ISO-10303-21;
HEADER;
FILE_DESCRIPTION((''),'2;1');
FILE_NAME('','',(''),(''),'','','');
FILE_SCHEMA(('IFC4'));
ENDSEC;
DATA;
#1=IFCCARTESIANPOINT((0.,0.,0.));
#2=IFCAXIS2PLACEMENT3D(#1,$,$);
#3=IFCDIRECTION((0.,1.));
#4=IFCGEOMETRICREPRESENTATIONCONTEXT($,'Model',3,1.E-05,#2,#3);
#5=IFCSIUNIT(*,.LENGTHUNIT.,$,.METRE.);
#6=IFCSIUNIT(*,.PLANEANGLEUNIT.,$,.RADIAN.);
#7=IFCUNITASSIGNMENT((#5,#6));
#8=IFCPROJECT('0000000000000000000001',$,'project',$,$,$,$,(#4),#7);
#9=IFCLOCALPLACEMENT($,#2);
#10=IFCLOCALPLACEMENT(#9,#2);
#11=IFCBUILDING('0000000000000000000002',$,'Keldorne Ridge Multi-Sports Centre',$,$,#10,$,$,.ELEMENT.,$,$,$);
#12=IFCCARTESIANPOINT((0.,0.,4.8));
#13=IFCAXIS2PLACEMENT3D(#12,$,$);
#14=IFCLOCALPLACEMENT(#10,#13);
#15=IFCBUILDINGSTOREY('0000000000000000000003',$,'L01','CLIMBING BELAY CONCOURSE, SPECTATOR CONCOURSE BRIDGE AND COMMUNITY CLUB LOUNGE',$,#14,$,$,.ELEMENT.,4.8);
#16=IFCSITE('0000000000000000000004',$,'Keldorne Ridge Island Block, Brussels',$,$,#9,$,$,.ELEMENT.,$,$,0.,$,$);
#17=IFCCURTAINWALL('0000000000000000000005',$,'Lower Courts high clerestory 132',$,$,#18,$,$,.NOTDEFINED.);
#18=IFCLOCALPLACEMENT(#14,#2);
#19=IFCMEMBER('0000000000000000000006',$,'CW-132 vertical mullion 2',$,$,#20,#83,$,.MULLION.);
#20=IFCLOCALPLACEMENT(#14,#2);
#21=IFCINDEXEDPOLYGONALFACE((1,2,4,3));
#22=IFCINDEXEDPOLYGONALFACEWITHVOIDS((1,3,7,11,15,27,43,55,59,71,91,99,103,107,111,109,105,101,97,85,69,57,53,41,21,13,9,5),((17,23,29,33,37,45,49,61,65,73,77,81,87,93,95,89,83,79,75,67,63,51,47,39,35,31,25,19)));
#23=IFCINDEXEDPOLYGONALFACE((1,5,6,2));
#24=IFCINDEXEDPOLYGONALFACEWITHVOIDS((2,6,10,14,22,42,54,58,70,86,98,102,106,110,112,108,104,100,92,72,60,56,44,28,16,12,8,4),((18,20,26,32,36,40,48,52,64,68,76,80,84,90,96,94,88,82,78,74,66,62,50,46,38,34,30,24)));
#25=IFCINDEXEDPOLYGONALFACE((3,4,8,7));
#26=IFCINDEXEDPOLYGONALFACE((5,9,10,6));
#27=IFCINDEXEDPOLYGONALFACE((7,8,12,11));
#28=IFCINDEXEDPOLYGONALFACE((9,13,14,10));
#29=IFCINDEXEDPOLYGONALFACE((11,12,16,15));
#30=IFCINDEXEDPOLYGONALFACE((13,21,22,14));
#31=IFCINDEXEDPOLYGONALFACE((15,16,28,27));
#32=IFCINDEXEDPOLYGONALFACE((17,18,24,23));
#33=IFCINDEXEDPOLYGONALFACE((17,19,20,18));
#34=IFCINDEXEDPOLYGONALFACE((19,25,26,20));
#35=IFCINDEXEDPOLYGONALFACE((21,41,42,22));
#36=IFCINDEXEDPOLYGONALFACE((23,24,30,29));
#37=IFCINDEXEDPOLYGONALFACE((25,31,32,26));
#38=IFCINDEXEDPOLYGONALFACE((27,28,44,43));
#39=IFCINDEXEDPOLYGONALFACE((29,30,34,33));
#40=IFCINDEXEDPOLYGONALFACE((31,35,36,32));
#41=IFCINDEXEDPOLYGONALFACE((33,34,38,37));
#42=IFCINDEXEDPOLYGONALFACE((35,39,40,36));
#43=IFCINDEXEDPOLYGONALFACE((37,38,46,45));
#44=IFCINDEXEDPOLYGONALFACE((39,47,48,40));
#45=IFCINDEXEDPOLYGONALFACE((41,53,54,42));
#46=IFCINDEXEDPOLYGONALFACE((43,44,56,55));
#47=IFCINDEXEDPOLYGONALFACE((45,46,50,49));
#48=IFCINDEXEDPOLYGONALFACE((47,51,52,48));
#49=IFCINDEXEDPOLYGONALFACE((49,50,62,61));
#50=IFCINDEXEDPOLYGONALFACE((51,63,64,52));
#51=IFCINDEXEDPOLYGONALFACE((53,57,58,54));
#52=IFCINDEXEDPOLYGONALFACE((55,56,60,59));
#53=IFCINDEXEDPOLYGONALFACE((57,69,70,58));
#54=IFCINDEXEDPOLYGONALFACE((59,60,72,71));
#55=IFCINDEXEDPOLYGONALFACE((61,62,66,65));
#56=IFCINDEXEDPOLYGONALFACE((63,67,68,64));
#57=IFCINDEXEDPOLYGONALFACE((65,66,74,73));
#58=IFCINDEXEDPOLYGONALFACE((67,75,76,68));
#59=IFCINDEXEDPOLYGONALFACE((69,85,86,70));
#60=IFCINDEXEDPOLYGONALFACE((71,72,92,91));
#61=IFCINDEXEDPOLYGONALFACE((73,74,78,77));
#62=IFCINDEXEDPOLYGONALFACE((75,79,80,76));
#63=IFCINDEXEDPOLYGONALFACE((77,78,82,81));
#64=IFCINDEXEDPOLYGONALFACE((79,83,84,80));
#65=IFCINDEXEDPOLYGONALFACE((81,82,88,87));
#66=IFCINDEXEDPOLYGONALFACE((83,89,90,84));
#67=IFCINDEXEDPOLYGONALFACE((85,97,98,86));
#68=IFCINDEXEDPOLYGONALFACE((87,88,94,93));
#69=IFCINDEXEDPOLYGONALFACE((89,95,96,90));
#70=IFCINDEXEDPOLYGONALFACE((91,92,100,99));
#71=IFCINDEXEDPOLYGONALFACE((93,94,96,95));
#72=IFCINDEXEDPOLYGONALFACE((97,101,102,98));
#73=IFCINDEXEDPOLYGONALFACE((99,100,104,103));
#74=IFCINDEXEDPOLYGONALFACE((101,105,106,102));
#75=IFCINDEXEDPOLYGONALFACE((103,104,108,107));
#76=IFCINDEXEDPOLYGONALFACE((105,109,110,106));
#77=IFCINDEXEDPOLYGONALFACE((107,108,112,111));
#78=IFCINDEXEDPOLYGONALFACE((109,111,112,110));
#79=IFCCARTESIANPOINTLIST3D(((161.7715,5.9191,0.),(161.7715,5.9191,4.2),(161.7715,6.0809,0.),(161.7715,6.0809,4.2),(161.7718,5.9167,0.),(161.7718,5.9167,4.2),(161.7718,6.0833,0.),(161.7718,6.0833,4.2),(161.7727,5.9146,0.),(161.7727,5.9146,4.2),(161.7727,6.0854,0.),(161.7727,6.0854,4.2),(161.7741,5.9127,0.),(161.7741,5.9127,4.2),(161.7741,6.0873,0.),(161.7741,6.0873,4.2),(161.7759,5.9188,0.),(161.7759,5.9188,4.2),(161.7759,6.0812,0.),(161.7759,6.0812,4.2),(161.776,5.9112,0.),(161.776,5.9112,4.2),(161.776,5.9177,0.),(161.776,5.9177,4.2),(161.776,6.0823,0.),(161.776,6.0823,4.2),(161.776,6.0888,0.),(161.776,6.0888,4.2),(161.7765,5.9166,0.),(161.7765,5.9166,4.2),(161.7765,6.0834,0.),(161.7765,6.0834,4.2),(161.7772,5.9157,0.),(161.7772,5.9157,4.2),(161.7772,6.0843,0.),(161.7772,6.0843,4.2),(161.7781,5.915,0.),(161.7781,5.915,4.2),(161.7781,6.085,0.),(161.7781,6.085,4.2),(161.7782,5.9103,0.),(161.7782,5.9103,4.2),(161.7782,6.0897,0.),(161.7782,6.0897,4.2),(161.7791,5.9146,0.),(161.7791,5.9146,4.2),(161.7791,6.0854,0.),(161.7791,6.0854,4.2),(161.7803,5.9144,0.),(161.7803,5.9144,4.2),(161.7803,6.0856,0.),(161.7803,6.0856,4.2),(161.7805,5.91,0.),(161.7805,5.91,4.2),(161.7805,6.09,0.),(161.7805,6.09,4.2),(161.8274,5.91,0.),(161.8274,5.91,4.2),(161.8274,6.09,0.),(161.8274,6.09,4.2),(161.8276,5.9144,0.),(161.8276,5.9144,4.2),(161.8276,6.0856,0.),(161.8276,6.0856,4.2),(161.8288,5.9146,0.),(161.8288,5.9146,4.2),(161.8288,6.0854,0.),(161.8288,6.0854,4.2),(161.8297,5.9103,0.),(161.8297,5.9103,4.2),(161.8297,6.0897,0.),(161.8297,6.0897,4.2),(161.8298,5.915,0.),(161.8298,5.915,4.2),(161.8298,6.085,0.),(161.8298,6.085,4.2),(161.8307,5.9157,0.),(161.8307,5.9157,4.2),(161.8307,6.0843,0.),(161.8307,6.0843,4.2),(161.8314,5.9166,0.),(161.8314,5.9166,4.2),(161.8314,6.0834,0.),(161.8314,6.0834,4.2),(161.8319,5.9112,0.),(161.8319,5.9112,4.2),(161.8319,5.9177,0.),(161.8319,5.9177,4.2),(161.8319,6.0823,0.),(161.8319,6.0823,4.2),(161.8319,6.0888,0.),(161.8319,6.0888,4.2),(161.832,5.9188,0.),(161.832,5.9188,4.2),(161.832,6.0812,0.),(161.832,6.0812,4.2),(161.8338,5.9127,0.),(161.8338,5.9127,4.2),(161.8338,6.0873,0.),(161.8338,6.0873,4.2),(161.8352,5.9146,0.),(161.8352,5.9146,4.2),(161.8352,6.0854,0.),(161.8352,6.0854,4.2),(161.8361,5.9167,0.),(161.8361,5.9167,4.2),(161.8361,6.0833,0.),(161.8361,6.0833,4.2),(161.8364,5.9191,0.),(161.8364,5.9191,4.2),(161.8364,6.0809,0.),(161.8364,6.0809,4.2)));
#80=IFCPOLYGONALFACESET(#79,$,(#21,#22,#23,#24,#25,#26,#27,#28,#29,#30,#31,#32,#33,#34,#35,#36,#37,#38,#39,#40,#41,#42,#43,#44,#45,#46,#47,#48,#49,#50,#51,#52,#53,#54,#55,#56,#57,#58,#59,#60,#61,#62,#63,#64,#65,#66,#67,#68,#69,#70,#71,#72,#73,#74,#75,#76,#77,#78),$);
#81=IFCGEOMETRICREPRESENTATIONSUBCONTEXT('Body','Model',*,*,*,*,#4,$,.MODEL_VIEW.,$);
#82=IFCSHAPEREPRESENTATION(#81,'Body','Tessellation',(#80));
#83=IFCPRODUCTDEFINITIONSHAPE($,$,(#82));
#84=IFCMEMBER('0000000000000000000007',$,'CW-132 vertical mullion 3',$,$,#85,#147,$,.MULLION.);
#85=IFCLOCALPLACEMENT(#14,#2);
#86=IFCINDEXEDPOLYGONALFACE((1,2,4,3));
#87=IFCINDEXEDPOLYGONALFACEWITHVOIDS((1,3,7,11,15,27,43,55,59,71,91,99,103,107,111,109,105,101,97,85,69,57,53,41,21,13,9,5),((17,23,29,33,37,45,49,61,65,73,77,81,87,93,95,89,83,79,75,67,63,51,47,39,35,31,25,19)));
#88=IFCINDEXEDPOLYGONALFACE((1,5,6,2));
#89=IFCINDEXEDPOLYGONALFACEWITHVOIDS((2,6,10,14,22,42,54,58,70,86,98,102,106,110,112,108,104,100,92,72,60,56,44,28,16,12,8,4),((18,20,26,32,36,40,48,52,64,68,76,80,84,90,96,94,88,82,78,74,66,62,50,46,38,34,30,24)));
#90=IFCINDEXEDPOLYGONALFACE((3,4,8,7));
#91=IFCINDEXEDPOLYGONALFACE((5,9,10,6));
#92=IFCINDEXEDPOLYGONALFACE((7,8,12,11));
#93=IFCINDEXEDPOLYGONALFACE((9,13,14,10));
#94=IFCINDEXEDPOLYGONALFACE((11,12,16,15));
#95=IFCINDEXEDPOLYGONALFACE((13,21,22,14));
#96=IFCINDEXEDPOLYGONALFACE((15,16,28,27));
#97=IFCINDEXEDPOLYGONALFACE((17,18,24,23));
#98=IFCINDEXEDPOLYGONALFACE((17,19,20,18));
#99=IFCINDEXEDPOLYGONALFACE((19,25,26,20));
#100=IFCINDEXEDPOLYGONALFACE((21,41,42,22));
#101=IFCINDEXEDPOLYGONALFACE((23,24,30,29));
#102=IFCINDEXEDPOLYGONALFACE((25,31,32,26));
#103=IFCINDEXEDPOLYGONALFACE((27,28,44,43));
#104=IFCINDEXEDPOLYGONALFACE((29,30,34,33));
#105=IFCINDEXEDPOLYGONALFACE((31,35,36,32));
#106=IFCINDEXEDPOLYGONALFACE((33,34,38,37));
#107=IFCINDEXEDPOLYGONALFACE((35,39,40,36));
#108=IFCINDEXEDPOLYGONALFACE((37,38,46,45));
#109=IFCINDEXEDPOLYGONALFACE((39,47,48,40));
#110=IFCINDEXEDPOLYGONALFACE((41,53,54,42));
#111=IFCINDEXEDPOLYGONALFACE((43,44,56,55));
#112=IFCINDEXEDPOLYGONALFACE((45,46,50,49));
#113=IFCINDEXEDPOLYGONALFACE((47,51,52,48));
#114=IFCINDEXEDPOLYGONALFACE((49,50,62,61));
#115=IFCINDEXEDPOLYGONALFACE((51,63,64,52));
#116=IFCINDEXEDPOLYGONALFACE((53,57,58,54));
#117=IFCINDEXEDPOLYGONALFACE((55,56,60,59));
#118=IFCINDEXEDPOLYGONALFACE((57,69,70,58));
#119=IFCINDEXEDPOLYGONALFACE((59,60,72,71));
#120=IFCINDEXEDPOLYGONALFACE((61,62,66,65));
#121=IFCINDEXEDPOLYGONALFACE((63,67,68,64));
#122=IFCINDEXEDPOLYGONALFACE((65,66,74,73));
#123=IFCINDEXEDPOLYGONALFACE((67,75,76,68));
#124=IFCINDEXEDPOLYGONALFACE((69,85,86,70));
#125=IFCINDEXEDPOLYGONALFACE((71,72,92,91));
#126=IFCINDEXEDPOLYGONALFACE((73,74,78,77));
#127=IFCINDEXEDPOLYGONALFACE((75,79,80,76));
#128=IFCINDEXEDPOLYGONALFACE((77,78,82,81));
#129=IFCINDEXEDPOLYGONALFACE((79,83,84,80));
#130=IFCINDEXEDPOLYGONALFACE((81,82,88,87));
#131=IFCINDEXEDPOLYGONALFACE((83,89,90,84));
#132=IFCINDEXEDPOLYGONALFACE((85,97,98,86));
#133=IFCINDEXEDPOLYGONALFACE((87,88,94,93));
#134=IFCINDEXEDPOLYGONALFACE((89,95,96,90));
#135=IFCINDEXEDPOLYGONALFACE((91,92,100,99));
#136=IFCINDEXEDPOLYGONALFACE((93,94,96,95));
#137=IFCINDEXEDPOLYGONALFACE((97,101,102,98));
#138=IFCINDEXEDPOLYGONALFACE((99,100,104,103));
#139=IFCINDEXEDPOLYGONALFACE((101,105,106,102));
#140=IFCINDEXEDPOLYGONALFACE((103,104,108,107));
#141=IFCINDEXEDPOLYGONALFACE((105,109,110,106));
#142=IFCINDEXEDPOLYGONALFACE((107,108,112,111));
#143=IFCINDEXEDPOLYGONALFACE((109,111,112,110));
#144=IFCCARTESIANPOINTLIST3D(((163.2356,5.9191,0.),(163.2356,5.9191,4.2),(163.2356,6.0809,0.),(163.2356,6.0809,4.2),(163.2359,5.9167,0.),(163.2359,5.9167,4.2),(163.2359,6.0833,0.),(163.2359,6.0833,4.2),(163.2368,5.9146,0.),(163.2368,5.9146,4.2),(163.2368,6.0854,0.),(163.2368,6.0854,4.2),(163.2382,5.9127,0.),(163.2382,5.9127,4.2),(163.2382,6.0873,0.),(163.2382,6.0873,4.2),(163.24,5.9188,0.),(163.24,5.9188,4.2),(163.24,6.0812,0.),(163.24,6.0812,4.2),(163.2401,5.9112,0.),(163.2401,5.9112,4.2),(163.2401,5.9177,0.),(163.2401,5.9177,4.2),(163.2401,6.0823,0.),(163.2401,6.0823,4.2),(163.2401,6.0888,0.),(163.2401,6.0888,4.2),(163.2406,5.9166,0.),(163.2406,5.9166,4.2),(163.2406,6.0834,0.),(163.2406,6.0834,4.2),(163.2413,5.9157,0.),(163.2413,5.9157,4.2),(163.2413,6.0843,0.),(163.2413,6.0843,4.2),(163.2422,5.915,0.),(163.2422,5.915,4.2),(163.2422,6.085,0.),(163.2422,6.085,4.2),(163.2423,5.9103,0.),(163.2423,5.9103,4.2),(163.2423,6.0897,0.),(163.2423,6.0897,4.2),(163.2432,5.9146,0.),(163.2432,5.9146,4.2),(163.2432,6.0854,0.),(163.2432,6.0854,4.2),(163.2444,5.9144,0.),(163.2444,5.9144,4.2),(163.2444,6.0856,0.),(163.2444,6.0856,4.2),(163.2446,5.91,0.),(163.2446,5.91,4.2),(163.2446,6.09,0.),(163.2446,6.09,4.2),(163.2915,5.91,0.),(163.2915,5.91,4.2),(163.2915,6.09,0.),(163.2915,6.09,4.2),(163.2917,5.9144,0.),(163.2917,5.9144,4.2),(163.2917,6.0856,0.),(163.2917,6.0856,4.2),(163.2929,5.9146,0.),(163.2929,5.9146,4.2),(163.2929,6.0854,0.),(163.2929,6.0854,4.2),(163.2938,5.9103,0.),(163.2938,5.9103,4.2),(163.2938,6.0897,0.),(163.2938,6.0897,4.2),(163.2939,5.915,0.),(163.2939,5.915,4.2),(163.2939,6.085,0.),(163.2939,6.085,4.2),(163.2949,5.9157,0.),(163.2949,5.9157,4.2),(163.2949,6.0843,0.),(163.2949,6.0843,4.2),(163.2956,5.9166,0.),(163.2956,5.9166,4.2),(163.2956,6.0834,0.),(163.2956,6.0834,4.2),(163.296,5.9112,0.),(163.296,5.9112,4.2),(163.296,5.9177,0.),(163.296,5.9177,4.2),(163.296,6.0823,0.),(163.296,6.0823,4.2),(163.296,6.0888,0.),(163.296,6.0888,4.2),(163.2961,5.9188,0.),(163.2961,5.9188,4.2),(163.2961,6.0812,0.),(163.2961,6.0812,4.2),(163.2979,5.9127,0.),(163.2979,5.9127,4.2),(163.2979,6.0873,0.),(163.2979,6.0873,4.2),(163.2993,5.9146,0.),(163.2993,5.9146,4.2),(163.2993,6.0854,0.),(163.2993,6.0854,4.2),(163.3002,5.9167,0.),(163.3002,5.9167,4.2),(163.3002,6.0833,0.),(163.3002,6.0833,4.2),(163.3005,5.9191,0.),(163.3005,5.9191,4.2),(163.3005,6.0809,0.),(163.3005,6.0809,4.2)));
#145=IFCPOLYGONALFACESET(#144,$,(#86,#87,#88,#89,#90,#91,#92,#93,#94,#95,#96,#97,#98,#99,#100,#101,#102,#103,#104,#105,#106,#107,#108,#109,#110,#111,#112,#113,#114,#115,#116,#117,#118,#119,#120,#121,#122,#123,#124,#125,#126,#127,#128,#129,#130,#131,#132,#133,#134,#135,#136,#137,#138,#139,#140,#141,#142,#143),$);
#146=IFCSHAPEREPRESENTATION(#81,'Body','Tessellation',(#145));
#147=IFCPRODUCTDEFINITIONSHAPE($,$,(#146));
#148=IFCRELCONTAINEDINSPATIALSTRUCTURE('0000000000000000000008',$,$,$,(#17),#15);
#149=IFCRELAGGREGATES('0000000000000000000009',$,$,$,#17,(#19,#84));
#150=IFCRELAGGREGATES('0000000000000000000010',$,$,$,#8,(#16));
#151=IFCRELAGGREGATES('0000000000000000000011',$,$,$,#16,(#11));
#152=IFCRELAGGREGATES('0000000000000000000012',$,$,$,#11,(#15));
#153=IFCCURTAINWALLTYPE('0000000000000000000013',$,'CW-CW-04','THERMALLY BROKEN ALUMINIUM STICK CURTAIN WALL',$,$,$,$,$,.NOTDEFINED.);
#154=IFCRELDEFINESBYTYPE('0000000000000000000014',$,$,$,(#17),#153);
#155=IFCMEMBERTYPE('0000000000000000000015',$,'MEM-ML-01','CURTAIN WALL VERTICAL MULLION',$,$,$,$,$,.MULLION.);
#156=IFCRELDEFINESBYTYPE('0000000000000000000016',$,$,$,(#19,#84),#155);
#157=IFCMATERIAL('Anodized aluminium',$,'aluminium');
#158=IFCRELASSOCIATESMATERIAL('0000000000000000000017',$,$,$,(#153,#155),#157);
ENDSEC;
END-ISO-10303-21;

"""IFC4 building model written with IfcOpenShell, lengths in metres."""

from ifc_helpers import new_model, si_unit, direction, frame, origin, origin_2d, place, context, subcontext, project, spatial, hollow_rectangle, extrude, material, material_profile, profile_set, type_object, element, aggregate, save


model = new_model("IFC4")

# Units and contexts
model_context = context("Model", 3, precision=1e-05, world=origin(), true_north=direction((0.0, 1.0)))
body_context = subcontext(model_context, "Body", "Model", "MODEL_VIEW")
ifc_project = project(units=[si_unit("LENGTHUNIT", "METRE"), si_unit("PLANEANGLEUNIT", "RADIAN")], contexts=[model_context])

# Site, building, storey
site_placement = place(None, origin())
site = spatial("IfcSite", under=ifc_project, at=site_placement, Name="Keldorne Ridge Island Block, Brussels", CompositionType="ELEMENT", RefElevation=0.0)
building_placement = place(site_placement, origin())
building = spatial("IfcBuilding", under=site, at=building_placement, Name="Keldorne Ridge Multi-Sports Centre", CompositionType="ELEMENT")
storey_placement = place(building_placement, frame((0.0, 0.0, 4.8)))
storey = spatial("IfcBuildingStorey", under=building, at=storey_placement, Name="L01", Description="CLIMBING BELAY CONCOURSE, SPECTATOR CONCOURSE BRIDGE AND COMMUNITY CLUB LOUNGE", CompositionType="ELEMENT", Elevation=4.8)

# Curtain wall, members
ifc_material_1 = material(Name="Anodized aluminium", Category="aluminium")
curtain_wall_type = type_object("IfcCurtainWallType", Name="CW-CW-04", Description="THERMALLY BROKEN ALUMINIUM STICK CURTAIN WALL", PredefinedType="NOTDEFINED", material=ifc_material_1)
curtain_wall_placement = place(storey_placement, origin())
curtain_wall = element("IfcCurtainWall", 1, at=curtain_wall_placement, inside=storey, type_object=curtain_wall_type, Name="Lower Courts high clerestory 132", PredefinedType="NOTDEFINED")
ifc_material_profile_1 = material_profile(ifc_material_1, hollow_rectangle(XDim=0.0649, YDim=0.1799, WallThickness=0.0044, InnerFilletRadius=0.0044, OuterFilletRadius=0.009, at=origin_2d()), Name="ALU MULLION 180x65x4.5")
ifc_profile_set_1 = profile_set([ifc_material_profile_1], Name="Anodized aluminium")
member_type_1 = type_object("IfcMemberType", Name="MEM-ML-01", Description="CURTAIN WALL VERTICAL MULLION", PredefinedType="MULLION", material=ifc_profile_set_1)
member_1_placement = place(storey_placement, frame((161.804, 6.0, 0.0), z_axis=(0.0, 0.0, 1.0), x_axis=(1.0, 0.0, 0.0)))
member_1 = element("IfcMember", 2, at=member_1_placement, type_object=member_type_1, Name="CW-132 vertical mullion 2", PredefinedType="MULLION", context=body_context, shape_type="SweptSolid", body=[
    extrude(hollow_rectangle(XDim=0.0649, YDim=0.1799, WallThickness=0.0044, InnerFilletRadius=0.0044, OuterFilletRadius=0.009, at=origin_2d()), origin(), (0.0, 0.0, 1.0), 4.2),
])
member_2_placement = place(storey_placement, frame((163.2681, 6.0, 0.0), z_axis=(0.0, 0.0, 1.0), x_axis=(1.0, 0.0, 0.0)))
member_2 = element("IfcMember", 3, at=member_2_placement, type_object=member_type_1, Name="CW-132 vertical mullion 3", PredefinedType="MULLION", context=body_context, shape_type="SweptSolid", body=[
    extrude(hollow_rectangle(XDim=0.0649, YDim=0.1799, WallThickness=0.0044, InnerFilletRadius=0.0044, OuterFilletRadius=0.009, at=origin_2d()), origin(), (0.0, 0.0, 1.0), 4.2),
])
aggregate(curtain_wall, [member_1, member_2])

save(model, "model.ifc")
